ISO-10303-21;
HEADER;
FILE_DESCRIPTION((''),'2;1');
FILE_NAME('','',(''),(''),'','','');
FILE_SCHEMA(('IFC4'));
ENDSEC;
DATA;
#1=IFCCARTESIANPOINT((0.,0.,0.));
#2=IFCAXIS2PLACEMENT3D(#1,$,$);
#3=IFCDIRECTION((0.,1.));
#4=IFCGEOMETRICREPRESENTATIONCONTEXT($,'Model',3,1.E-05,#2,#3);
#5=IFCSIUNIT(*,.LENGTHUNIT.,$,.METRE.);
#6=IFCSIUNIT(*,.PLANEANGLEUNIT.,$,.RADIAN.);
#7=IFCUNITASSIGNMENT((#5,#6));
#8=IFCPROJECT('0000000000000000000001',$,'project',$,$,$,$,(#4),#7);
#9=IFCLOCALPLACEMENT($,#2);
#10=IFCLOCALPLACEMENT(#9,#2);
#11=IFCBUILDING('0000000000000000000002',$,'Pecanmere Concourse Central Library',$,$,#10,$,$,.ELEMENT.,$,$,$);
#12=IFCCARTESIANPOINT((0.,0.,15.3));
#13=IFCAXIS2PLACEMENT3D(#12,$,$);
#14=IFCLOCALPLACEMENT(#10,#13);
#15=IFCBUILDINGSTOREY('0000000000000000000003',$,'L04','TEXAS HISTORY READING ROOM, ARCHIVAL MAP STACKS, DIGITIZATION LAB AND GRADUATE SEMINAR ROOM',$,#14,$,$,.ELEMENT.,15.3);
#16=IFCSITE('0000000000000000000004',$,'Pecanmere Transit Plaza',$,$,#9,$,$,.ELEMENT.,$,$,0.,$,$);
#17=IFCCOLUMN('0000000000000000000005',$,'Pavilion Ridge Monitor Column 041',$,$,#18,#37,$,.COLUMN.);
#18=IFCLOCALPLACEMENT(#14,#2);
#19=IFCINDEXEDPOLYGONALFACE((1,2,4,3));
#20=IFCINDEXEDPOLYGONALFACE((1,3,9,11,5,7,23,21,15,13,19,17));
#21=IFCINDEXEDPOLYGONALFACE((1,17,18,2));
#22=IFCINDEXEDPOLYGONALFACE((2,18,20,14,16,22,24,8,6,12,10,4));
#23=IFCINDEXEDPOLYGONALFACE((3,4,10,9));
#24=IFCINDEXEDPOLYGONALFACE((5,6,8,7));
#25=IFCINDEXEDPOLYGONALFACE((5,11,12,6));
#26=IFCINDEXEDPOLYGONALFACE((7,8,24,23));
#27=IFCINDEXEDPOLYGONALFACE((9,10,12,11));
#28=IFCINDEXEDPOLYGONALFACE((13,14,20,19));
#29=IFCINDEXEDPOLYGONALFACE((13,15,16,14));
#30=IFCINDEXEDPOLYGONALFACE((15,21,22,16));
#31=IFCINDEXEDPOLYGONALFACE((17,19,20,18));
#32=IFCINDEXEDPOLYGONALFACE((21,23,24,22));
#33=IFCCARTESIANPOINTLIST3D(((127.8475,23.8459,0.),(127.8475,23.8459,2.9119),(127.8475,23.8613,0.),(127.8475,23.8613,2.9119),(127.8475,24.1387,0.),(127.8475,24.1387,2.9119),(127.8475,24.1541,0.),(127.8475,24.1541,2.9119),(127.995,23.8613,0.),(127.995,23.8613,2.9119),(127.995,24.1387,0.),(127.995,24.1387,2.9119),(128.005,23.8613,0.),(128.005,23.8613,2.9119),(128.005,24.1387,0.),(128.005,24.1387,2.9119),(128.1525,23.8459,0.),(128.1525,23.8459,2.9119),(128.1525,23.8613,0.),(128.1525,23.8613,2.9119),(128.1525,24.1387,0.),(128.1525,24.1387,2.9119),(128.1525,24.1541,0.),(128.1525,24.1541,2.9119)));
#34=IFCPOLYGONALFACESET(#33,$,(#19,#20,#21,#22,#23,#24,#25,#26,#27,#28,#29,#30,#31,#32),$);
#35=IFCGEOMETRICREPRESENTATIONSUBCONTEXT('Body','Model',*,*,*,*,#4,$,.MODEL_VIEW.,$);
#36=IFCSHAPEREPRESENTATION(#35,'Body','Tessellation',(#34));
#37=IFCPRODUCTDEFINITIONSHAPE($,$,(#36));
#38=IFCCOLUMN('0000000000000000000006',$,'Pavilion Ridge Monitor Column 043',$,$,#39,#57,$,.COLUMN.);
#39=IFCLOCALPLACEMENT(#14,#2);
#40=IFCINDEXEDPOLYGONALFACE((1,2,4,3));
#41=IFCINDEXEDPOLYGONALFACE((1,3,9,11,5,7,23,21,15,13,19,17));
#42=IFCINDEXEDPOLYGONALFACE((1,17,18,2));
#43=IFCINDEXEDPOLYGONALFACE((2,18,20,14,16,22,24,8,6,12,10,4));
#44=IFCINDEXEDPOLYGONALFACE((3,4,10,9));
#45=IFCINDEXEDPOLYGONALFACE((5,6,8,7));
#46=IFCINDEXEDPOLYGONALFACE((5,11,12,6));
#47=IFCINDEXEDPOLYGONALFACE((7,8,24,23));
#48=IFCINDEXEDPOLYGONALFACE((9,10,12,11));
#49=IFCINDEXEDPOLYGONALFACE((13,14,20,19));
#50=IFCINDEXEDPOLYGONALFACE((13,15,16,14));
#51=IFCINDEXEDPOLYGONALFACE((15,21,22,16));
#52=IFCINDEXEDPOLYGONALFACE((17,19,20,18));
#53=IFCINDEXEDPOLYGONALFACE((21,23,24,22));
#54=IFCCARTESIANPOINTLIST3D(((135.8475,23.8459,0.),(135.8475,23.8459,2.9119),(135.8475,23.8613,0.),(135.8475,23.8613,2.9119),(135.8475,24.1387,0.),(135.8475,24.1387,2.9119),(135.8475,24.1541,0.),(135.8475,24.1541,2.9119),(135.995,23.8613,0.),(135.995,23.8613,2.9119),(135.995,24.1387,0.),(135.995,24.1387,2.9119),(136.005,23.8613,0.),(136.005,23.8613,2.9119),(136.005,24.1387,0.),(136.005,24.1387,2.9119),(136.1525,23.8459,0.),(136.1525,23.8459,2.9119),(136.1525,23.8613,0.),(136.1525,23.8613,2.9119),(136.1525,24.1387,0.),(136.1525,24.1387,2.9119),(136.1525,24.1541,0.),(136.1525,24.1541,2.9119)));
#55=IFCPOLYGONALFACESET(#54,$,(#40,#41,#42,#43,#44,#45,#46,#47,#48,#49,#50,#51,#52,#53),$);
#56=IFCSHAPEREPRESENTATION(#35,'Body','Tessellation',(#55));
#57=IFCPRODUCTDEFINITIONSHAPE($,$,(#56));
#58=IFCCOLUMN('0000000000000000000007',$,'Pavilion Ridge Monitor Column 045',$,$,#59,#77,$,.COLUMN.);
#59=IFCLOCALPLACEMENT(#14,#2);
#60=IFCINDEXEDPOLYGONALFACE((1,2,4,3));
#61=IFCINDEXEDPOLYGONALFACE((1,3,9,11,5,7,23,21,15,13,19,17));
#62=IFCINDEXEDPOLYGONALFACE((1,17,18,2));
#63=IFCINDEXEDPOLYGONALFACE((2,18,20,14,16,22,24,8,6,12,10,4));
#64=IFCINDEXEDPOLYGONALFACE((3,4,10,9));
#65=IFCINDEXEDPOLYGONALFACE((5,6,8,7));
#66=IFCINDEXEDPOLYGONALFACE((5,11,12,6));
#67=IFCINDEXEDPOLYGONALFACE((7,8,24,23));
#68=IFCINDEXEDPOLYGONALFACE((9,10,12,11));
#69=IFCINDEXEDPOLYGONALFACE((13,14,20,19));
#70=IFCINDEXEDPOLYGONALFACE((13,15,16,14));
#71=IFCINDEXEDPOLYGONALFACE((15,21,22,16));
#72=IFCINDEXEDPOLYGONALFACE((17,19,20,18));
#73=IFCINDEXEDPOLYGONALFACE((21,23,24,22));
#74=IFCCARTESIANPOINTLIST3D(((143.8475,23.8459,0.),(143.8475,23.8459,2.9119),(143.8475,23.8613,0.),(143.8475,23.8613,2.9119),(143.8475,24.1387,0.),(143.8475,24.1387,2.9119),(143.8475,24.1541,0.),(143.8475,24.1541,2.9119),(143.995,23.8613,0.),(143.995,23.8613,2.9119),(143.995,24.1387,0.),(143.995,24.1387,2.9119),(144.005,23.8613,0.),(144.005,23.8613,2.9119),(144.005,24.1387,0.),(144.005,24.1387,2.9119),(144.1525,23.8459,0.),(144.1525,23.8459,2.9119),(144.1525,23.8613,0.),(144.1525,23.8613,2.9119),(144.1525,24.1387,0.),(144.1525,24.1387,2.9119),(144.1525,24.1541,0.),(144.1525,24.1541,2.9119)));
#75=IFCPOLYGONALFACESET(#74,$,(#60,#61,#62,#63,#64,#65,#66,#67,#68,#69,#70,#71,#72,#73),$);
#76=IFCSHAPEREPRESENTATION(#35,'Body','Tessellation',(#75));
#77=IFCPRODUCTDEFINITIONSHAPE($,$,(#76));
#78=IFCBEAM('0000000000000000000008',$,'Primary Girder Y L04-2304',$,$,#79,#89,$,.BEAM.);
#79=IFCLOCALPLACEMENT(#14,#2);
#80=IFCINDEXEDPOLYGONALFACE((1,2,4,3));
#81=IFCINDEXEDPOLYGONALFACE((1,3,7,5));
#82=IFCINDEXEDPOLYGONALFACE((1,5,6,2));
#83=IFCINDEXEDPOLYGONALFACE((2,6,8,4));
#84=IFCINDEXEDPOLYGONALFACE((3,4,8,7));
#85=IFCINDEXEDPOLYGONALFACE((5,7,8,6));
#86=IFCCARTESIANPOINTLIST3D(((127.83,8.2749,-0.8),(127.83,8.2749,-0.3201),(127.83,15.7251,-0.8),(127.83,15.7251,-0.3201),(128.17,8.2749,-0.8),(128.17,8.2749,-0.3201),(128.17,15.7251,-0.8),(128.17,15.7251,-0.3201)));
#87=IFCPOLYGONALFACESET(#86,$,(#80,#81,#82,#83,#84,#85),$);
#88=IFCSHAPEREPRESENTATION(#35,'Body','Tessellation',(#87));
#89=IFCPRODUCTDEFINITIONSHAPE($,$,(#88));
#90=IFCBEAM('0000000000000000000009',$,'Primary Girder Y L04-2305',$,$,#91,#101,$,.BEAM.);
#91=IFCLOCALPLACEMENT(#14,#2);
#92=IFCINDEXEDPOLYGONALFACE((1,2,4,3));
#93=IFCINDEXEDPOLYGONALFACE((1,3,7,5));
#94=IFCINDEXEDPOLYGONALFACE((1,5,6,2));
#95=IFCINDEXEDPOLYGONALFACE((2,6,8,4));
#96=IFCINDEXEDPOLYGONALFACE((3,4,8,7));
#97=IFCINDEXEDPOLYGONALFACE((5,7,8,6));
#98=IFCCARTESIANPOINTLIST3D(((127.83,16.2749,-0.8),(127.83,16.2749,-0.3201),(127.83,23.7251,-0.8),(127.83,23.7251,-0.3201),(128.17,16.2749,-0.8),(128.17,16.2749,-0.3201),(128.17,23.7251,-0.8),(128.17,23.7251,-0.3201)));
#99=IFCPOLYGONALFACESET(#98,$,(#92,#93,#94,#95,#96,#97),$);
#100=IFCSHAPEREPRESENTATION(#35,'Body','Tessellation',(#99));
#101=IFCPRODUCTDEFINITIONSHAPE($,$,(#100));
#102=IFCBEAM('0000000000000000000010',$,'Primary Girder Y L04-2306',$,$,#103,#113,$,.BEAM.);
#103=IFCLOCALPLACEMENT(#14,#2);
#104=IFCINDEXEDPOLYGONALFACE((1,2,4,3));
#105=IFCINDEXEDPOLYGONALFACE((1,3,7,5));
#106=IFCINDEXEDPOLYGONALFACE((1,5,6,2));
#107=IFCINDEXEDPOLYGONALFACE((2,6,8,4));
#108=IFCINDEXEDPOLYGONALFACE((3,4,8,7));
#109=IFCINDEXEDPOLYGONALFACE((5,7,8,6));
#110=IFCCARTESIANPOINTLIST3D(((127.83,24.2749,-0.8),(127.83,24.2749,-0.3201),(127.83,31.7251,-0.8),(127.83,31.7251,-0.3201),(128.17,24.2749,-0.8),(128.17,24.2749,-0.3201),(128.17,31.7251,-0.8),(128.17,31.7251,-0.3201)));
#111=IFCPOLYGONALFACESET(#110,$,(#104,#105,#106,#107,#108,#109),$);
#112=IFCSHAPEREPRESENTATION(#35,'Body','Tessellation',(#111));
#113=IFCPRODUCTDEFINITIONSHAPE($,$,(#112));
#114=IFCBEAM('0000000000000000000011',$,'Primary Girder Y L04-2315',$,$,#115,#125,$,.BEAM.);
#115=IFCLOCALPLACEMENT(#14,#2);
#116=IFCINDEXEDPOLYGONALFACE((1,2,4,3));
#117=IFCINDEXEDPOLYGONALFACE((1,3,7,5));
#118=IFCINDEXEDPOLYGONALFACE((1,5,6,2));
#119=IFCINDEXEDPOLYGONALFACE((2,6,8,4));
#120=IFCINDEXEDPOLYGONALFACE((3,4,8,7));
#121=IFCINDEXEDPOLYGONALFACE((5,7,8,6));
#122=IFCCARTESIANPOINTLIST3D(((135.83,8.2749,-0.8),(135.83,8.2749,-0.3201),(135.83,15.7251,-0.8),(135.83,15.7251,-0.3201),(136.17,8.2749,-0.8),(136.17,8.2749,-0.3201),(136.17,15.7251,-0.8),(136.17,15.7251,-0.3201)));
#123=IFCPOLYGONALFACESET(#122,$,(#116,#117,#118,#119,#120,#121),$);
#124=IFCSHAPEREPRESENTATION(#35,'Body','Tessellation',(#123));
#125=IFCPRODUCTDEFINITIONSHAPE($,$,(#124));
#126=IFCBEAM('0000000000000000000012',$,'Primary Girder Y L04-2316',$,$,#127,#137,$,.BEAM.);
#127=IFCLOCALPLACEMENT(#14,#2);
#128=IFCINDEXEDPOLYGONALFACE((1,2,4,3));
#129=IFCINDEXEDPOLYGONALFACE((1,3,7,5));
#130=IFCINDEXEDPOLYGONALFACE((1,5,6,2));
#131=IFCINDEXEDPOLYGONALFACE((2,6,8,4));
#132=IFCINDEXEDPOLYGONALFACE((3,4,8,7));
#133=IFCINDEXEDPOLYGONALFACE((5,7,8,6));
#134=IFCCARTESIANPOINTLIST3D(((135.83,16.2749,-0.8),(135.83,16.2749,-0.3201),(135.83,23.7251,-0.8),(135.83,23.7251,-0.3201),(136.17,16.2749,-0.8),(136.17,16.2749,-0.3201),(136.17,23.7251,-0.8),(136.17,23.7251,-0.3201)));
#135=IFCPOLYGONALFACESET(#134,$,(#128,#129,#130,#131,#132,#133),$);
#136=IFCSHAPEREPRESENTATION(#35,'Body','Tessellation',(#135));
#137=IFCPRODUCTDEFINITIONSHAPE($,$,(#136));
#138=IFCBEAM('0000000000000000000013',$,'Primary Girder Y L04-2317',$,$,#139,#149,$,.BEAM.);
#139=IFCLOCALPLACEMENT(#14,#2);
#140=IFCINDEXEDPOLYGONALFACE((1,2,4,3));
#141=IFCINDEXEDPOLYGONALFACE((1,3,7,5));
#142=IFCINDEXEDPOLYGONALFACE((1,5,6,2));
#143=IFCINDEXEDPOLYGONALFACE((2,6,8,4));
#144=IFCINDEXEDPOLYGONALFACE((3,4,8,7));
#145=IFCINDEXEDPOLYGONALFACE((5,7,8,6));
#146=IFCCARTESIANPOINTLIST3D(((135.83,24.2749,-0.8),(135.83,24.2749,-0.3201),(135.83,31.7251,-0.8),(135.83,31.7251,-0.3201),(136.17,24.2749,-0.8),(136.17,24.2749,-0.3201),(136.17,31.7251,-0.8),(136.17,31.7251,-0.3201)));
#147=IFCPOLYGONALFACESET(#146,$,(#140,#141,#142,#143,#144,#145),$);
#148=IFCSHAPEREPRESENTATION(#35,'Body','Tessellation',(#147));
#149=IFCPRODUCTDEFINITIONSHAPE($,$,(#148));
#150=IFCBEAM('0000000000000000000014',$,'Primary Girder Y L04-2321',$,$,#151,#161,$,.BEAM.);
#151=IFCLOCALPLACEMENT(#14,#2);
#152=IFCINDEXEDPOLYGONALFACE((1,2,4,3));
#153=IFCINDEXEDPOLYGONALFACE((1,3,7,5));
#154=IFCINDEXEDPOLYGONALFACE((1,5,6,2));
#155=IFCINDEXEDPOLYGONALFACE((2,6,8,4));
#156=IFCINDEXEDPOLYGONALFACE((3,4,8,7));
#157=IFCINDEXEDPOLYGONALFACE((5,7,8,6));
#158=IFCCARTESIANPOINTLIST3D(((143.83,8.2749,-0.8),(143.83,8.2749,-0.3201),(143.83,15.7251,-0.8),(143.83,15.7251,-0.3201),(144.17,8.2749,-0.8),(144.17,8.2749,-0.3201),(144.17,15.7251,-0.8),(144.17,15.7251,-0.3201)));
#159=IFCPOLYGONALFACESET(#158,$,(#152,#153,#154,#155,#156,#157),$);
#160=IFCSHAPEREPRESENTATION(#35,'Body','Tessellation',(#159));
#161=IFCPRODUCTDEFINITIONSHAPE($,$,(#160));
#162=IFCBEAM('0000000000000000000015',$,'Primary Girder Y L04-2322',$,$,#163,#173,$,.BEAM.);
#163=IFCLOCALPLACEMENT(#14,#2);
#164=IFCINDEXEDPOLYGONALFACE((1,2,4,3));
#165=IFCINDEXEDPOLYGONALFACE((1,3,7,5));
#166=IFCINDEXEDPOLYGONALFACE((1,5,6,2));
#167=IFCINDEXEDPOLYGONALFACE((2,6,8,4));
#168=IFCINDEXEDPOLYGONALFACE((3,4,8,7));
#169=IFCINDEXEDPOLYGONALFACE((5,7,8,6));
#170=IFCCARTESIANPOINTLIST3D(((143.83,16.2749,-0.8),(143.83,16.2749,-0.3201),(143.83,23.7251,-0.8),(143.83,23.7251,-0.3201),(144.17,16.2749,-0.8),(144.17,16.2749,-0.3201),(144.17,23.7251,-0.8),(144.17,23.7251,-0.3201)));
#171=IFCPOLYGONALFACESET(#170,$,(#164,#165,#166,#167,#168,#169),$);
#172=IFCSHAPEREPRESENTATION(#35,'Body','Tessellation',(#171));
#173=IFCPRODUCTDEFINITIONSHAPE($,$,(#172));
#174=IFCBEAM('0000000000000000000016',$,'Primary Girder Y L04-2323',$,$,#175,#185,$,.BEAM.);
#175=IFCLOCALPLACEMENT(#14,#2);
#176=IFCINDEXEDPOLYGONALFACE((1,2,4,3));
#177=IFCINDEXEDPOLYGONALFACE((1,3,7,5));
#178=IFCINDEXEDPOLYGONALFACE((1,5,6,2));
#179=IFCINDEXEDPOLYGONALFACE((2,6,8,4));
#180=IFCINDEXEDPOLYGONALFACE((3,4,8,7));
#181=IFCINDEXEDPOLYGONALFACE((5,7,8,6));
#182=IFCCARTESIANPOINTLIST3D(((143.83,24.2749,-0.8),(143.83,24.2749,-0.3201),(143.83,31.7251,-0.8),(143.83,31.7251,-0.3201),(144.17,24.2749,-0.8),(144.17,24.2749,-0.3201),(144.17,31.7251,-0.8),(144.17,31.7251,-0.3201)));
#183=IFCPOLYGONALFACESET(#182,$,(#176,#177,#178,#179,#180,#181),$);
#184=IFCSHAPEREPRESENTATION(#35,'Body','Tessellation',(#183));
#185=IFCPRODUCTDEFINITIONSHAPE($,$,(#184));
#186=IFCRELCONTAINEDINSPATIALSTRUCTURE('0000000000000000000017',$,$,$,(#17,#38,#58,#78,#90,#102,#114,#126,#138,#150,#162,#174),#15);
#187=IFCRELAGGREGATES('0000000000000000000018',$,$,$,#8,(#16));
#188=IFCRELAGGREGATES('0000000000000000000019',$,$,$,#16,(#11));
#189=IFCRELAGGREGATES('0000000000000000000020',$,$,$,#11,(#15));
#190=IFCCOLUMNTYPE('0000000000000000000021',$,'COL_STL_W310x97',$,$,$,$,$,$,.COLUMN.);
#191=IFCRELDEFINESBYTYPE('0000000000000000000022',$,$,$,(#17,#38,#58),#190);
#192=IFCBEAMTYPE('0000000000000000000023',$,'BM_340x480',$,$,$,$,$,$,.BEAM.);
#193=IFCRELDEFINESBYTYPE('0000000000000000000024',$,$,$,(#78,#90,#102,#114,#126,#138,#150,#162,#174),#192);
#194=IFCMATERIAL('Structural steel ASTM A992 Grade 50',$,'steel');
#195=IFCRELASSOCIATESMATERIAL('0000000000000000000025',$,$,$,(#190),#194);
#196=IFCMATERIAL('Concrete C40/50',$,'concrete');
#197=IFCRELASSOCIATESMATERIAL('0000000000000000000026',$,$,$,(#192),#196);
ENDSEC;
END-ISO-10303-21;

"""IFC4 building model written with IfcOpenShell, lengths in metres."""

from ifc_helpers import new_model, si_unit, direction, frame, origin, origin_2d, place, context, subcontext, project, spatial, rectangle, i_section, extrude, material, material_profile, profile_set, type_object, element, save


model = new_model("IFC4")

# Units and contexts
model_context = context("Model", 3, precision=1e-05, world=origin(), true_north=direction((0.0, 1.0)))
body_context = subcontext(model_context, "Body", "Model", "MODEL_VIEW")
ifc_project = project(units=[si_unit("LENGTHUNIT", "METRE"), si_unit("PLANEANGLEUNIT", "RADIAN")], contexts=[model_context])

# Site, building, storey
site_placement = place(None, origin())
site = spatial("IfcSite", under=ifc_project, at=site_placement, Name="Pecanmere Transit Plaza", CompositionType="ELEMENT", RefElevation=0.0)
building_placement = place(site_placement, origin())
building = spatial("IfcBuilding", under=site, at=building_placement, Name="Pecanmere Concourse Central Library", CompositionType="ELEMENT")
storey_placement = place(building_placement, frame((0.0, 0.0, 15.3)))
storey = spatial("IfcBuildingStorey", under=building, at=storey_placement, Name="L04", Description="TEXAS HISTORY READING ROOM, ARCHIVAL MAP STACKS, DIGITIZATION LAB AND GRADUATE SEMINAR ROOM", CompositionType="ELEMENT", Elevation=15.3)

# Columns
ifc_material_1 = material(Name="Structural steel ASTM A992 Grade 50", Category="steel")
ifc_material_profile_1 = material_profile(ifc_material_1, i_section(OverallWidth=0.3049, OverallDepth=0.3081, WebThickness=0.01, FlangeThickness=0.0154, at=origin_2d()), Name="W310x97")
ifc_profile_set_1 = profile_set([ifc_material_profile_1], Name="Structural steel ASTM A992 Grade 50")
column_type = type_object("IfcColumnType", Name="COL_STL_W310x97", PredefinedType="COLUMN", material=ifc_profile_set_1)
for number, where, z_axis, x_axis, name in (
    (1, (128.0, 24.0, 0.0), (0.0, 0.0, 1.0), (1.0, 0.0, 0.0), "Pavilion Ridge Monitor Column 041"),
    (2, (136.0, 24.0, 0.0), (0.0, 0.0, 1.0), (1.0, 0.0, 0.0), "Pavilion Ridge Monitor Column 043"),
    (3, (144.0, 24.0, 0.0), (0.0, 0.0, 1.0), (1.0, 0.0, 0.0), "Pavilion Ridge Monitor Column 045"),
):
    element("IfcColumn", number, at=place(storey_placement, frame(where, z_axis=z_axis, x_axis=x_axis)), inside=storey, type_object=column_type, Name=name, PredefinedType="COLUMN", context=body_context, shape_type="SweptSolid", body=[
        extrude(i_section(OverallWidth=0.3049, OverallDepth=0.3081, WebThickness=0.01, FlangeThickness=0.0154, at=origin_2d()), origin(), (0.0, 0.0, 1.0), 2.9119),
    ])

# Beams
ifc_material_2 = material(Name="Concrete C40/50", Category="concrete")
ifc_material_profile_2 = material_profile(ifc_material_2, rectangle(XDim=0.3401, YDim=0.48, at=origin_2d()), Name="RC 340x480")
ifc_profile_set_2 = profile_set([ifc_material_profile_2], Name="Concrete C40/50")
beam_type_1 = type_object("IfcBeamType", Name="BM_340x480", PredefinedType="BEAM", material=ifc_profile_set_2)
for number, where, z_axis, x_axis, name in (
    (4, (128.0, 8.2749, -0.5601), (0.0, 1.0, 0.0), (-1.0, 0.0, 0.0), "Primary Girder Y L04-2304"),
    (5, (128.0, 16.2749, -0.5601), (0.0, 1.0, 0.0), (-1.0, 0.0, 0.0), "Primary Girder Y L04-2305"),
    (6, (128.0, 24.2749, -0.5601), (0.0, 1.0, 0.0), (-1.0, 0.0, 0.0), "Primary Girder Y L04-2306"),
    (7, (136.0, 8.2749, -0.5601), (0.0, 1.0, 0.0), (-1.0, 0.0, 0.0), "Primary Girder Y L04-2315"),
    (8, (136.0, 16.2749, -0.5601), (0.0, 1.0, 0.0), (-1.0, 0.0, 0.0), "Primary Girder Y L04-2316"),
    (9, (136.0, 24.2749, -0.5601), (0.0, 1.0, 0.0), (-1.0, 0.0, 0.0), "Primary Girder Y L04-2317"),
    (10, (144.0, 8.2749, -0.5601), (0.0, 1.0, 0.0), (-1.0, 0.0, 0.0), "Primary Girder Y L04-2321"),
    (11, (144.0, 16.2749, -0.5601), (0.0, 1.0, 0.0), (-1.0, 0.0, 0.0), "Primary Girder Y L04-2322"),
    (12, (144.0, 24.2749, -0.5601), (0.0, 1.0, 0.0), (-1.0, 0.0, 0.0), "Primary Girder Y L04-2323"),
):
    element("IfcBeam", number, at=place(storey_placement, frame(where, z_axis=z_axis, x_axis=x_axis)), inside=storey, type_object=beam_type_1, Name=name, PredefinedType="BEAM", context=body_context, shape_type="SweptSolid", body=[
        extrude(rectangle(XDim=0.3401, YDim=0.48, at=origin_2d()), origin(), (0.0, 0.0, 1.0), 7.4502),
    ])

save(model, "model.ifc")
